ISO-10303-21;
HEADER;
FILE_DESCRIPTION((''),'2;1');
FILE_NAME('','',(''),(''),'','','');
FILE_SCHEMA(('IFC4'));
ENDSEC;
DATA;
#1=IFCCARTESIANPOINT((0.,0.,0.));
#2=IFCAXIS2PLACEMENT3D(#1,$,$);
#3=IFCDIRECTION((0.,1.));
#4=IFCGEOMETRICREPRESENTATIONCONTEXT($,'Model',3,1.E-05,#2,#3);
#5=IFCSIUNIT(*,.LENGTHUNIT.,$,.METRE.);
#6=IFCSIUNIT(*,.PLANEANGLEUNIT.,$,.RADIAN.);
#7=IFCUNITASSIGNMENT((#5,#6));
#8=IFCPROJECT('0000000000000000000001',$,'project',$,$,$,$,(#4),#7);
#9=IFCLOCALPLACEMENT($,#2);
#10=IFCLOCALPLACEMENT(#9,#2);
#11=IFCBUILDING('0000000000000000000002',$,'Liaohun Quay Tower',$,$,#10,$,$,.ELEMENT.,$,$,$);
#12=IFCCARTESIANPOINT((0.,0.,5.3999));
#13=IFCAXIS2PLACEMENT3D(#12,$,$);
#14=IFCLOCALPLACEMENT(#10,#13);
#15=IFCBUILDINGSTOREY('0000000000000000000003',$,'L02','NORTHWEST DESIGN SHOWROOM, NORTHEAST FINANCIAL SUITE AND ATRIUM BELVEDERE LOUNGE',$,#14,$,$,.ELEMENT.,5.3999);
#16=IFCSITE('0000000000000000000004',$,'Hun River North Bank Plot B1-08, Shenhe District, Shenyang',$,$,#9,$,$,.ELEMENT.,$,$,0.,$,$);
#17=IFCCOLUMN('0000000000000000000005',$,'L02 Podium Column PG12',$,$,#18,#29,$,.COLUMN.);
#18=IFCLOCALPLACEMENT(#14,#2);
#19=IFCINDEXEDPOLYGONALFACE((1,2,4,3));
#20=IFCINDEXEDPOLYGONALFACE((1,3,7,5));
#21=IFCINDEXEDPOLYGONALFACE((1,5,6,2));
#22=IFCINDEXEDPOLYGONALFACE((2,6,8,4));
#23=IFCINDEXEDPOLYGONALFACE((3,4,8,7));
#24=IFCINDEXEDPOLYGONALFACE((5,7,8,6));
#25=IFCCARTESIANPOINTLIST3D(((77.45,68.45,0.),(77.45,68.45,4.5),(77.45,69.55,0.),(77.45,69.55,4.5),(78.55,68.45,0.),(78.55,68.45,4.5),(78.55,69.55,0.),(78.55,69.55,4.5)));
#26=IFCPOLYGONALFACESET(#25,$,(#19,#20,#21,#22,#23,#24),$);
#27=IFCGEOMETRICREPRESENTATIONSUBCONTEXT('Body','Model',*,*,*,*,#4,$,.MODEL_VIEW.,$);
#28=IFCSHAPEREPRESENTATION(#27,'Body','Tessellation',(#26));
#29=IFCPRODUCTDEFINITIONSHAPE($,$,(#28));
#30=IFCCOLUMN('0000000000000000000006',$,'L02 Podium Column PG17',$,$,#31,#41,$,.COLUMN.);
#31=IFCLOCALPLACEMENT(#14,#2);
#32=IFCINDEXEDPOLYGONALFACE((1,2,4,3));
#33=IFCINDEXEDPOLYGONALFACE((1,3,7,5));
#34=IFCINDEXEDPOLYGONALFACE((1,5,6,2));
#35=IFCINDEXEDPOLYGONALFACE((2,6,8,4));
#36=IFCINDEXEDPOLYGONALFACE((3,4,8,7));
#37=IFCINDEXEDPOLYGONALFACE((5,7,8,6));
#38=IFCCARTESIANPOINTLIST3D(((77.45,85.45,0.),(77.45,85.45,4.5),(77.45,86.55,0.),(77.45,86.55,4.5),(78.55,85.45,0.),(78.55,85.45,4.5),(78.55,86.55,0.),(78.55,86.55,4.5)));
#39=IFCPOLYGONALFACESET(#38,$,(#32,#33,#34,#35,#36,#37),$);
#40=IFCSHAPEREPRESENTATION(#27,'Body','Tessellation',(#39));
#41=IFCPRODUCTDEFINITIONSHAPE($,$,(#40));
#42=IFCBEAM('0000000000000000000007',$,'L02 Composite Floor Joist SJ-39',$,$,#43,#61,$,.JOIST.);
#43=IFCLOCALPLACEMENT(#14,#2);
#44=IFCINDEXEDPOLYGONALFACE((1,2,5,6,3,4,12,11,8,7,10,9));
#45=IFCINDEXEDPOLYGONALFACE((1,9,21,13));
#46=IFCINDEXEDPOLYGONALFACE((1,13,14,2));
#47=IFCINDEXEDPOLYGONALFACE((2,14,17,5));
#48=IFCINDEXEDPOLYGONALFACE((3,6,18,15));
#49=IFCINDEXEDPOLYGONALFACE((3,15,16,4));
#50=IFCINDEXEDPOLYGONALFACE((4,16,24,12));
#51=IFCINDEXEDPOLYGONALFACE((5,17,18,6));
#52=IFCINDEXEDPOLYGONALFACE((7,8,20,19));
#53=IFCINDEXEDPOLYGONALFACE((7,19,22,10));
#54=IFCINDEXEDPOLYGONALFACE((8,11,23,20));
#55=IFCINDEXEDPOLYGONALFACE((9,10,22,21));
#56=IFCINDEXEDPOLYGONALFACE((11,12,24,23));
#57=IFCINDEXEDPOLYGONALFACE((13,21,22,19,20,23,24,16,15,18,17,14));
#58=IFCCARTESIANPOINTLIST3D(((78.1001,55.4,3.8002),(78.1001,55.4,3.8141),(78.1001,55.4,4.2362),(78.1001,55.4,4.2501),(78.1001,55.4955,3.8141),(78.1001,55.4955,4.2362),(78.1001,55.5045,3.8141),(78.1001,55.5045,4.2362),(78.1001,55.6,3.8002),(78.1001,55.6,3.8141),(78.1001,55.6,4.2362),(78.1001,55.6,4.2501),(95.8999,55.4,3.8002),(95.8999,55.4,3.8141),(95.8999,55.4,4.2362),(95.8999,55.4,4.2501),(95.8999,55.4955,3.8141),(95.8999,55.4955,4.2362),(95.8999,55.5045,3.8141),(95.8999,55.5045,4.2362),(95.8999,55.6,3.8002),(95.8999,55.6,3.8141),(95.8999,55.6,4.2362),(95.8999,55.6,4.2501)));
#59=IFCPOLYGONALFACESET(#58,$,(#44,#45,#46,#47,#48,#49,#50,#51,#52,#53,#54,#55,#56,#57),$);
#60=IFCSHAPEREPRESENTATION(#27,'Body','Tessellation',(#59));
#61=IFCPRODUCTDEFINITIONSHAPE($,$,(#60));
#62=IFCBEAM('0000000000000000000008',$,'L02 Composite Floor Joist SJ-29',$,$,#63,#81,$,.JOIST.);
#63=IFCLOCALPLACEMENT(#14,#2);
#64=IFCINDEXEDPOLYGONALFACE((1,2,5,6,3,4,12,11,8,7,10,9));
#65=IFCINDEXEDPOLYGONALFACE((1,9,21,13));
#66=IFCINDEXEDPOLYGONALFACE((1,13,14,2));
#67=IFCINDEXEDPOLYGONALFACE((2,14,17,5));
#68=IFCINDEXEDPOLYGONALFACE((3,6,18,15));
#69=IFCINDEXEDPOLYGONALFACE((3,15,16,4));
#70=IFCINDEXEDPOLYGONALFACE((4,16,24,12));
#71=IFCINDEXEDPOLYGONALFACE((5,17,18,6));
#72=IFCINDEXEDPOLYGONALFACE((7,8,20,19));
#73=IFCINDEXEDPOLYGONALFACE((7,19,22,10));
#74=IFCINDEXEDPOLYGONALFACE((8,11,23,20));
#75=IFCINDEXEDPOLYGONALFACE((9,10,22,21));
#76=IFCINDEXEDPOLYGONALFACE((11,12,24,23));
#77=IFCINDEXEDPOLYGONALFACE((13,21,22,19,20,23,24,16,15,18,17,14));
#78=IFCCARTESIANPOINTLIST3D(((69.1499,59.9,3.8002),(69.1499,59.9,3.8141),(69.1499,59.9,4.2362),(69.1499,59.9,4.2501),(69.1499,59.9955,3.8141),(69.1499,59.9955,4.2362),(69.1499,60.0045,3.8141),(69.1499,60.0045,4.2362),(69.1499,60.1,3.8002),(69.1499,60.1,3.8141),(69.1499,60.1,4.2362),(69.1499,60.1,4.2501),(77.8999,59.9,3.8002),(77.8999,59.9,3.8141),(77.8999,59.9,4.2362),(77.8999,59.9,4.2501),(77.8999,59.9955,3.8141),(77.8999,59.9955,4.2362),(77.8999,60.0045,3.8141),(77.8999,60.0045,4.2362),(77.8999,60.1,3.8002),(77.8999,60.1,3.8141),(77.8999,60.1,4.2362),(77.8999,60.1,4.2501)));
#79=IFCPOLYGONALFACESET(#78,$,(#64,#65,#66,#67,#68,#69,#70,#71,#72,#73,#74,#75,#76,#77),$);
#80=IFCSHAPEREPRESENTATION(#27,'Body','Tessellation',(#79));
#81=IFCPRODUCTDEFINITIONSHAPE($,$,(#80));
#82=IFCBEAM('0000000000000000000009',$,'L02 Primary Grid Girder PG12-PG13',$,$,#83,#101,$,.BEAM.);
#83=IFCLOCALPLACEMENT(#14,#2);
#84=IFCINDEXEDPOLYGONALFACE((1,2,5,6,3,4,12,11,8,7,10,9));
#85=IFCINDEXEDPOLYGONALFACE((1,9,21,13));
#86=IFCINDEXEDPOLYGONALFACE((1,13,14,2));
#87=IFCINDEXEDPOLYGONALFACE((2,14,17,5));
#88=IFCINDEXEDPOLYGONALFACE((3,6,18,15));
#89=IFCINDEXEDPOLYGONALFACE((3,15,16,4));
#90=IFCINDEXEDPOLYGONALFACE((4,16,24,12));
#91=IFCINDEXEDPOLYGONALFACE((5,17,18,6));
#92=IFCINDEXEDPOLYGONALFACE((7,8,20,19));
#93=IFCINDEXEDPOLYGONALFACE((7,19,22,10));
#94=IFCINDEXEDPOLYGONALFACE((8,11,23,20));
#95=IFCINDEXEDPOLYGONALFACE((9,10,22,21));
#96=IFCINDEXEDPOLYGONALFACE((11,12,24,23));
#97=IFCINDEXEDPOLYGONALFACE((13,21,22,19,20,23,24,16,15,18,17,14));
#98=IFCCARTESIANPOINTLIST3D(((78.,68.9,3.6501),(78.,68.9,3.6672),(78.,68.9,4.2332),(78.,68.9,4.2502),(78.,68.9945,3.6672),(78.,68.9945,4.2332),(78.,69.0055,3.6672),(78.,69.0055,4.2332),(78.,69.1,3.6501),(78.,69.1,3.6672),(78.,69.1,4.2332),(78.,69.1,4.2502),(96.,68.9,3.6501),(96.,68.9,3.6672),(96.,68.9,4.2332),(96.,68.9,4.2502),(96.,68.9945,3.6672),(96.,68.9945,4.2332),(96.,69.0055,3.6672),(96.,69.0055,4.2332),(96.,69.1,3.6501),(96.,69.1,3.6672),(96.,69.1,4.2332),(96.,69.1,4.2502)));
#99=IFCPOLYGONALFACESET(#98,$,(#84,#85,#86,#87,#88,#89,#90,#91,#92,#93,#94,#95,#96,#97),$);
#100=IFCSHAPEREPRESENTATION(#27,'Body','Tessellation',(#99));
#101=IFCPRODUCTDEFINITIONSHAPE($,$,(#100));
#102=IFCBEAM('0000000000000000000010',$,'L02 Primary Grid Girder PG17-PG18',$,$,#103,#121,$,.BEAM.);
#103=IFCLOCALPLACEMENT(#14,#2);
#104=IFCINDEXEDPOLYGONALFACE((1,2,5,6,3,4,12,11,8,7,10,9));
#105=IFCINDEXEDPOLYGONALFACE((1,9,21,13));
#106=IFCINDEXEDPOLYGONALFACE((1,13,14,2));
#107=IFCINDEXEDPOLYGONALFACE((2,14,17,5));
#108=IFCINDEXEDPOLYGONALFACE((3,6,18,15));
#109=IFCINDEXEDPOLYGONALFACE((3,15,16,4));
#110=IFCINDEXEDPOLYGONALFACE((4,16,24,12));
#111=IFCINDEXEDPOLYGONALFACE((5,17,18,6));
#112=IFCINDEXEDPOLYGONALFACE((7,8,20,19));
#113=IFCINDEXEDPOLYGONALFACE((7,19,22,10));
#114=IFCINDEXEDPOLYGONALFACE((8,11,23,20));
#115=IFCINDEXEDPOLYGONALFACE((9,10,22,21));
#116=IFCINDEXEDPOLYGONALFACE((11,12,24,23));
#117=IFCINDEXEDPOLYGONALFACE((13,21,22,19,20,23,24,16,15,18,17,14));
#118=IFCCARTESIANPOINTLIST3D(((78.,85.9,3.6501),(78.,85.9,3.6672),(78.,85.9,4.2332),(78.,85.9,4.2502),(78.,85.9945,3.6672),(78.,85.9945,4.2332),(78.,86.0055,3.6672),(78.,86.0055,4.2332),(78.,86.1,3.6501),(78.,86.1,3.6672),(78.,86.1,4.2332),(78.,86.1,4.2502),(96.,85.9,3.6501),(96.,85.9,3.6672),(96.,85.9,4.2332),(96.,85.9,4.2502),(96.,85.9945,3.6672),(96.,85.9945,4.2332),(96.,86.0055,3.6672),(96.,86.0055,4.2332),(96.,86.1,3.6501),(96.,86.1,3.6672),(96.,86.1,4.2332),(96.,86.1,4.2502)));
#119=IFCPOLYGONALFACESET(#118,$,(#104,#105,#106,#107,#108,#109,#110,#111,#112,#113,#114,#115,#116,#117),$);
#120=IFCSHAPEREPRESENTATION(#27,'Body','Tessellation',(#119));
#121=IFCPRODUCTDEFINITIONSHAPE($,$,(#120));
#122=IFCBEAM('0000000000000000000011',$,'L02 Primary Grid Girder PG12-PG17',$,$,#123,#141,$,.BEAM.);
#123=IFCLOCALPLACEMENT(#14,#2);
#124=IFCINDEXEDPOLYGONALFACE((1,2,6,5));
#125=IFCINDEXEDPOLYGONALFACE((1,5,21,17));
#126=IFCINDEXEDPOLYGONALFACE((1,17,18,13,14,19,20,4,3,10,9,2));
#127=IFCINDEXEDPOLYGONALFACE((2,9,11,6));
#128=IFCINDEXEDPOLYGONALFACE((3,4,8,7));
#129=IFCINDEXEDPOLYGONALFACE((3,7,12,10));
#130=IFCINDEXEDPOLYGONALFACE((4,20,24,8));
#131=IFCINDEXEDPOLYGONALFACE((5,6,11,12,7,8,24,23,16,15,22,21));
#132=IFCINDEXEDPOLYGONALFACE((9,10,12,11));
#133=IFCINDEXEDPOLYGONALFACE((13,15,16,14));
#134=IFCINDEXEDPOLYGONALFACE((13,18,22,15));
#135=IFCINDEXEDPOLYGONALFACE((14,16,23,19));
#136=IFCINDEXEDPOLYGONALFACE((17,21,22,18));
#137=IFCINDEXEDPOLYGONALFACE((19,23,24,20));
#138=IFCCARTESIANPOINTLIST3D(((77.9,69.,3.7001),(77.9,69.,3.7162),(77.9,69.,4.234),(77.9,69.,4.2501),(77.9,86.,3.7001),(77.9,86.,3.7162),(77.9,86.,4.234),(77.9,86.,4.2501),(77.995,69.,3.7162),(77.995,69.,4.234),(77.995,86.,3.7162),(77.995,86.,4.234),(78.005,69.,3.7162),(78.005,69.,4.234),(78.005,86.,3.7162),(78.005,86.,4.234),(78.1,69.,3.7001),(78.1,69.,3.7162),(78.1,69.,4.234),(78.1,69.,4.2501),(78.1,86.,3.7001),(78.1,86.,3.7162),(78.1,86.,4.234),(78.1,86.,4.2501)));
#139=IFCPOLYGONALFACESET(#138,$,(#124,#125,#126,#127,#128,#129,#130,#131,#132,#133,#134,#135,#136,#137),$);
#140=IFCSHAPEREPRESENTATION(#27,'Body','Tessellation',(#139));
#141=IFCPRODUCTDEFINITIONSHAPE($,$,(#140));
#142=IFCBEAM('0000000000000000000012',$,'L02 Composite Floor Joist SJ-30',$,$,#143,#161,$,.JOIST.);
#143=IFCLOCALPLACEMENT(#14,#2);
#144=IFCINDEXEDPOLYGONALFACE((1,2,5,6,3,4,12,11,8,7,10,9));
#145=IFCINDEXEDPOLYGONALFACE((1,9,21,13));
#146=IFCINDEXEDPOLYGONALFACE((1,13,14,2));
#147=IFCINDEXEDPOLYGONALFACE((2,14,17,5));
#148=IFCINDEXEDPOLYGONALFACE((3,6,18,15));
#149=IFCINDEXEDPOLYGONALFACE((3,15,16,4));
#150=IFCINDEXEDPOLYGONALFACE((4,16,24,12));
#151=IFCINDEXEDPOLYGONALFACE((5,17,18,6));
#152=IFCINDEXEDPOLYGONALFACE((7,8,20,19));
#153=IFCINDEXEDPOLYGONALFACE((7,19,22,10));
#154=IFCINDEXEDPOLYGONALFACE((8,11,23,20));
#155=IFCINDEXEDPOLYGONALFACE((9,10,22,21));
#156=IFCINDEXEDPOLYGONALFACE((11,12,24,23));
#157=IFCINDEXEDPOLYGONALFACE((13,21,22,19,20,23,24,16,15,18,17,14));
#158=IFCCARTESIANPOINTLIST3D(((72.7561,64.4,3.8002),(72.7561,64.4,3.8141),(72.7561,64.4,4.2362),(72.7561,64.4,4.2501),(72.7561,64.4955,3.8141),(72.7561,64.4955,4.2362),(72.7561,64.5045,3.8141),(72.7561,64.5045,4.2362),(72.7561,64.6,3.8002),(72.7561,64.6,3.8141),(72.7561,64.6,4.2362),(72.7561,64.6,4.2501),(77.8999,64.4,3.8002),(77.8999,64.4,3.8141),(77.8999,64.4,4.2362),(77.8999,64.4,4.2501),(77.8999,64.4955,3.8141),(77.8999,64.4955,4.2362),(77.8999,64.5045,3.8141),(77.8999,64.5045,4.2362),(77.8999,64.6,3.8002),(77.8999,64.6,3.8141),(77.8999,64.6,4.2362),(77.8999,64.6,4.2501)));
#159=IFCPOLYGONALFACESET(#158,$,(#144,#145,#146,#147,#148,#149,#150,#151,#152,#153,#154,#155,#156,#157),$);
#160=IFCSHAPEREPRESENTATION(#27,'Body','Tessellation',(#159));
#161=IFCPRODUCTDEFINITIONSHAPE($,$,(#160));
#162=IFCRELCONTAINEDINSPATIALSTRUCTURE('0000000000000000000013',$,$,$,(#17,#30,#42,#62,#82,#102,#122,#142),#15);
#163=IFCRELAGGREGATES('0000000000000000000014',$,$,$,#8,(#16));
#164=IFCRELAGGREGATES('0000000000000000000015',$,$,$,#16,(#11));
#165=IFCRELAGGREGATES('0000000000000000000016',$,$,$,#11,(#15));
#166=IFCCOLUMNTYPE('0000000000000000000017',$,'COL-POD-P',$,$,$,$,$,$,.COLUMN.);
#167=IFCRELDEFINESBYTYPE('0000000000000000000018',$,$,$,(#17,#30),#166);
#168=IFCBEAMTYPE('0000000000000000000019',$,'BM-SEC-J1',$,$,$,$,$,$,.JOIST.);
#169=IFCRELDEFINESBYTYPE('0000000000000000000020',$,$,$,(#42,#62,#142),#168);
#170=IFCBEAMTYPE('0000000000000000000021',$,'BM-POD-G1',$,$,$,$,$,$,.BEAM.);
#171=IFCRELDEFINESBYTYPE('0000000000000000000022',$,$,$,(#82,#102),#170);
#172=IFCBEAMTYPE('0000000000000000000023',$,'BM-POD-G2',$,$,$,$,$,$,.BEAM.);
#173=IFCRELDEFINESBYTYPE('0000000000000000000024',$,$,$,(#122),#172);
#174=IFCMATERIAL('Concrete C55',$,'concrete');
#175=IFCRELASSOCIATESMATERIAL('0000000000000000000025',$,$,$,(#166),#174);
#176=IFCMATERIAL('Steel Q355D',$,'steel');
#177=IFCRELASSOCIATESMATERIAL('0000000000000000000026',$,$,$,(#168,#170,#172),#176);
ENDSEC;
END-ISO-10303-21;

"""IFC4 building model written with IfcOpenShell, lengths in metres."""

from ifc_helpers import new_model, si_unit, direction, frame, origin, origin_2d, place, context, subcontext, project, spatial, rectangle, i_section, extrude, source, transform, mapped, material, material_profile, profile_set, type_object, element, save


model = new_model("IFC4")

# Units and contexts
model_context = context("Model", 3, precision=1e-05, world=origin(), true_north=direction((0.0, 1.0)))
body_context = subcontext(model_context, "Body", "Model", "MODEL_VIEW")
ifc_project = project(units=[si_unit("LENGTHUNIT", "METRE"), si_unit("PLANEANGLEUNIT", "RADIAN")], contexts=[model_context])

# Site, building, storey
site_placement = place(None, origin())
site = spatial("IfcSite", under=ifc_project, at=site_placement, Name="Hun River North Bank Plot B1-08, Shenhe District, Shenyang", CompositionType="ELEMENT", RefElevation=0.0)
building_placement = place(site_placement, origin())
building = spatial("IfcBuilding", under=site, at=building_placement, Name="Liaohun Quay Tower", CompositionType="ELEMENT")
storey_placement = place(building_placement, frame((0.0, 0.0, 5.3999)))
storey = spatial("IfcBuildingStorey", under=building, at=storey_placement, Name="L02", Description="NORTHWEST DESIGN SHOWROOM, NORTHEAST FINANCIAL SUITE AND ATRIUM BELVEDERE LOUNGE", CompositionType="ELEMENT", Elevation=5.3999)

# Columns
ifc_material_1 = material(Name="Concrete C55", Category="concrete")
ifc_material_profile_1 = material_profile(ifc_material_1, rectangle(XDim=1.1001, YDim=1.1001, at=origin_2d()), Name="RC1100x1100")
ifc_profile_set_1 = profile_set([ifc_material_profile_1], Name="Concrete C55")
column_type = type_object("IfcColumnType", Name="COL-POD-P", PredefinedType="COLUMN", material=ifc_profile_set_1)
shared_shape_1 = source(origin(), body_context, "Body", "SweptSolid", [
    extrude(rectangle(XDim=1.1001, YDim=1.1001, at=origin_2d()), origin(), (0.0, 0.0, 1.0), 4.5),
])
for number, where, z_axis, x_axis, name in (
    (1, (78.0, 69.0, 0.0), (0.0, 0.0, 1.0), (1.0, 0.0, 0.0), "L02 Podium Column PG12"),
    (2, (78.0, 86.0, 0.0), (0.0, 0.0, 1.0), (1.0, 0.0, 0.0), "L02 Podium Column PG17"),
):
    element("IfcColumn", number, at=place(storey_placement, frame(where, z_axis=z_axis, x_axis=x_axis)), inside=storey, type_object=column_type, Name=name, PredefinedType="COLUMN", context=body_context, shape_type="MappedRepresentation", body=[
        mapped(shared_shape_1, transform((0.0, 0.0, 0.0), x_axis=(1.0, 0.0, 0.0), y_axis=(0.0, 1.0, 0.0), z_axis=(0.0, 0.0, 1.0), scale=1.0)),
    ])

# Beams
ifc_material_2 = material(Name="Steel Q355D", Category="steel")
ifc_material_profile_2 = material_profile(ifc_material_2, i_section(OverallWidth=0.2, OverallDepth=0.45, WebThickness=0.009, FlangeThickness=0.0139, at=origin_2d()), Name="HN450x200x9x14")
ifc_profile_set_2 = profile_set([ifc_material_profile_2], Name="Steel Q355D")
beam_type_1 = type_object("IfcBeamType", Name="BM-SEC-J1", PredefinedType="JOIST", material=ifc_profile_set_2)
shared_shape_2 = source(origin(), body_context, "Body", "SweptSolid", [
    extrude(i_section(OverallWidth=0.2, OverallDepth=0.45, WebThickness=0.009, FlangeThickness=0.0139, at=origin_2d()), origin(), (0.0, 0.0, 1.0), 17.7998),
])
beam_1_placement = place(storey_placement, frame((78.1001, 55.5, 4.0251), z_axis=(1.0, 0.0, 0.0), x_axis=(0.0, 1.0, 0.0)))
element("IfcBeam", 3, at=beam_1_placement, inside=storey, type_object=beam_type_1, Name="L02 Composite Floor Joist SJ-39", PredefinedType="JOIST", context=body_context, shape_type="MappedRepresentation", body=[
    mapped(shared_shape_2, transform((0.0, 0.0, 0.0), x_axis=(1.0, 0.0, 0.0), y_axis=(0.0, 1.0, 0.0), z_axis=(0.0, 0.0, 1.0), scale=1.0)),
])
shared_shape_3 = source(origin(), body_context, "Body", "SweptSolid", [
    extrude(i_section(OverallWidth=0.2, OverallDepth=0.45, WebThickness=0.009, FlangeThickness=0.0139, at=origin_2d()), origin(), (0.0, 0.0, 1.0), 8.75),
])
beam_2_placement = place(storey_placement, frame((69.1499, 60.0, 4.0251), z_axis=(1.0, 0.0, 0.0), x_axis=(0.0, 1.0, 0.0)))
element("IfcBeam", 4, at=beam_2_placement, inside=storey, type_object=beam_type_1, Name="L02 Composite Floor Joist SJ-29", PredefinedType="JOIST", context=body_context, shape_type="MappedRepresentation", body=[
    mapped(shared_shape_3, transform((0.0, 0.0, 0.0), x_axis=(1.0, 0.0, 0.0), y_axis=(0.0, 1.0, 0.0), z_axis=(0.0, 0.0, 1.0), scale=1.0)),
])
ifc_material_profile_3 = material_profile(ifc_material_2, i_section(OverallWidth=0.2, OverallDepth=0.6001, WebThickness=0.011, FlangeThickness=0.0171, at=origin_2d()), Name="HN600x200x11x17")
ifc_profile_set_3 = profile_set([ifc_material_profile_3], Name="Steel Q355D")
beam_type_2 = type_object("IfcBeamType", Name="BM-POD-G1", PredefinedType="BEAM", material=ifc_profile_set_3)
shared_shape_4 = source(origin(), body_context, "Body", "SweptSolid", [
    extrude(i_section(OverallWidth=0.2, OverallDepth=0.6001, WebThickness=0.011, FlangeThickness=0.0171, at=origin_2d()), origin(), (0.0, 0.0, 1.0), 18.0),
])
for number, where, z_axis, x_axis, name in (
    (5, (78.0, 69.0, 3.9502), (1.0, 0.0, 0.0), (0.0, 1.0, 0.0), "L02 Primary Grid Girder PG12-PG13"),
    (6, (78.0, 86.0, 3.9502), (1.0, 0.0, 0.0), (0.0, 1.0, 0.0), "L02 Primary Grid Girder PG17-PG18"),
):
    element("IfcBeam", number, at=place(storey_placement, frame(where, z_axis=z_axis, x_axis=x_axis)), inside=storey, type_object=beam_type_2, Name=name, PredefinedType="BEAM", context=body_context, shape_type="MappedRepresentation", body=[
        mapped(shared_shape_4, transform((0.0, 0.0, 0.0), x_axis=(1.0, 0.0, 0.0), y_axis=(0.0, 1.0, 0.0), z_axis=(0.0, 0.0, 1.0), scale=1.0)),
    ])
ifc_material_profile_4 = material_profile(ifc_material_2, i_section(OverallWidth=0.2, OverallDepth=0.55, WebThickness=0.01, FlangeThickness=0.0161, at=origin_2d()), Name="HN550x200x10x16")
ifc_profile_set_4 = profile_set([ifc_material_profile_4], Name="Steel Q355D")
beam_type_3 = type_object("IfcBeamType", Name="BM-POD-G2", PredefinedType="BEAM", material=ifc_profile_set_4)
shared_shape_5 = source(origin(), body_context, "Body", "SweptSolid", [
    extrude(i_section(OverallWidth=0.2, OverallDepth=0.55, WebThickness=0.01, FlangeThickness=0.0161, at=origin_2d()), origin(), (0.0, 0.0, 1.0), 17.0),
])
beam_3_placement = place(storey_placement, frame((78.0, 69.0, 3.9751), z_axis=(0.0, 1.0, 0.0), x_axis=(-1.0, 0.0, 0.0)))
element("IfcBeam", 7, at=beam_3_placement, inside=storey, type_object=beam_type_3, Name="L02 Primary Grid Girder PG12-PG17", PredefinedType="BEAM", context=body_context, shape_type="MappedRepresentation", body=[
    mapped(shared_shape_5, transform((0.0, 0.0, 0.0), x_axis=(1.0, 0.0, 0.0), y_axis=(0.0, 1.0, 0.0), z_axis=(0.0, 0.0, 1.0), scale=1.0)),
])
shared_shape_6 = source(origin(), body_context, "Body", "SweptSolid", [
    extrude(i_section(OverallWidth=0.2, OverallDepth=0.45, WebThickness=0.009, FlangeThickness=0.0139, at=origin_2d()), origin(), (0.0, 0.0, 1.0), 5.1438),
])
beam_4_placement = place(storey_placement, frame((72.7561, 64.5, 4.0251), z_axis=(1.0, 0.0, 0.0), x_axis=(0.0, 1.0, 0.0)))
element("IfcBeam", 8, at=beam_4_placement, inside=storey, type_object=beam_type_1, Name="L02 Composite Floor Joist SJ-30", PredefinedType="JOIST", context=body_context, shape_type="MappedRepresentation", body=[
    mapped(shared_shape_6, transform((0.0, 0.0, 0.0), x_axis=(1.0, 0.0, 0.0), y_axis=(0.0, 1.0, 0.0), z_axis=(0.0, 0.0, 1.0), scale=1.0)),
])

save(model, "model.ifc")
